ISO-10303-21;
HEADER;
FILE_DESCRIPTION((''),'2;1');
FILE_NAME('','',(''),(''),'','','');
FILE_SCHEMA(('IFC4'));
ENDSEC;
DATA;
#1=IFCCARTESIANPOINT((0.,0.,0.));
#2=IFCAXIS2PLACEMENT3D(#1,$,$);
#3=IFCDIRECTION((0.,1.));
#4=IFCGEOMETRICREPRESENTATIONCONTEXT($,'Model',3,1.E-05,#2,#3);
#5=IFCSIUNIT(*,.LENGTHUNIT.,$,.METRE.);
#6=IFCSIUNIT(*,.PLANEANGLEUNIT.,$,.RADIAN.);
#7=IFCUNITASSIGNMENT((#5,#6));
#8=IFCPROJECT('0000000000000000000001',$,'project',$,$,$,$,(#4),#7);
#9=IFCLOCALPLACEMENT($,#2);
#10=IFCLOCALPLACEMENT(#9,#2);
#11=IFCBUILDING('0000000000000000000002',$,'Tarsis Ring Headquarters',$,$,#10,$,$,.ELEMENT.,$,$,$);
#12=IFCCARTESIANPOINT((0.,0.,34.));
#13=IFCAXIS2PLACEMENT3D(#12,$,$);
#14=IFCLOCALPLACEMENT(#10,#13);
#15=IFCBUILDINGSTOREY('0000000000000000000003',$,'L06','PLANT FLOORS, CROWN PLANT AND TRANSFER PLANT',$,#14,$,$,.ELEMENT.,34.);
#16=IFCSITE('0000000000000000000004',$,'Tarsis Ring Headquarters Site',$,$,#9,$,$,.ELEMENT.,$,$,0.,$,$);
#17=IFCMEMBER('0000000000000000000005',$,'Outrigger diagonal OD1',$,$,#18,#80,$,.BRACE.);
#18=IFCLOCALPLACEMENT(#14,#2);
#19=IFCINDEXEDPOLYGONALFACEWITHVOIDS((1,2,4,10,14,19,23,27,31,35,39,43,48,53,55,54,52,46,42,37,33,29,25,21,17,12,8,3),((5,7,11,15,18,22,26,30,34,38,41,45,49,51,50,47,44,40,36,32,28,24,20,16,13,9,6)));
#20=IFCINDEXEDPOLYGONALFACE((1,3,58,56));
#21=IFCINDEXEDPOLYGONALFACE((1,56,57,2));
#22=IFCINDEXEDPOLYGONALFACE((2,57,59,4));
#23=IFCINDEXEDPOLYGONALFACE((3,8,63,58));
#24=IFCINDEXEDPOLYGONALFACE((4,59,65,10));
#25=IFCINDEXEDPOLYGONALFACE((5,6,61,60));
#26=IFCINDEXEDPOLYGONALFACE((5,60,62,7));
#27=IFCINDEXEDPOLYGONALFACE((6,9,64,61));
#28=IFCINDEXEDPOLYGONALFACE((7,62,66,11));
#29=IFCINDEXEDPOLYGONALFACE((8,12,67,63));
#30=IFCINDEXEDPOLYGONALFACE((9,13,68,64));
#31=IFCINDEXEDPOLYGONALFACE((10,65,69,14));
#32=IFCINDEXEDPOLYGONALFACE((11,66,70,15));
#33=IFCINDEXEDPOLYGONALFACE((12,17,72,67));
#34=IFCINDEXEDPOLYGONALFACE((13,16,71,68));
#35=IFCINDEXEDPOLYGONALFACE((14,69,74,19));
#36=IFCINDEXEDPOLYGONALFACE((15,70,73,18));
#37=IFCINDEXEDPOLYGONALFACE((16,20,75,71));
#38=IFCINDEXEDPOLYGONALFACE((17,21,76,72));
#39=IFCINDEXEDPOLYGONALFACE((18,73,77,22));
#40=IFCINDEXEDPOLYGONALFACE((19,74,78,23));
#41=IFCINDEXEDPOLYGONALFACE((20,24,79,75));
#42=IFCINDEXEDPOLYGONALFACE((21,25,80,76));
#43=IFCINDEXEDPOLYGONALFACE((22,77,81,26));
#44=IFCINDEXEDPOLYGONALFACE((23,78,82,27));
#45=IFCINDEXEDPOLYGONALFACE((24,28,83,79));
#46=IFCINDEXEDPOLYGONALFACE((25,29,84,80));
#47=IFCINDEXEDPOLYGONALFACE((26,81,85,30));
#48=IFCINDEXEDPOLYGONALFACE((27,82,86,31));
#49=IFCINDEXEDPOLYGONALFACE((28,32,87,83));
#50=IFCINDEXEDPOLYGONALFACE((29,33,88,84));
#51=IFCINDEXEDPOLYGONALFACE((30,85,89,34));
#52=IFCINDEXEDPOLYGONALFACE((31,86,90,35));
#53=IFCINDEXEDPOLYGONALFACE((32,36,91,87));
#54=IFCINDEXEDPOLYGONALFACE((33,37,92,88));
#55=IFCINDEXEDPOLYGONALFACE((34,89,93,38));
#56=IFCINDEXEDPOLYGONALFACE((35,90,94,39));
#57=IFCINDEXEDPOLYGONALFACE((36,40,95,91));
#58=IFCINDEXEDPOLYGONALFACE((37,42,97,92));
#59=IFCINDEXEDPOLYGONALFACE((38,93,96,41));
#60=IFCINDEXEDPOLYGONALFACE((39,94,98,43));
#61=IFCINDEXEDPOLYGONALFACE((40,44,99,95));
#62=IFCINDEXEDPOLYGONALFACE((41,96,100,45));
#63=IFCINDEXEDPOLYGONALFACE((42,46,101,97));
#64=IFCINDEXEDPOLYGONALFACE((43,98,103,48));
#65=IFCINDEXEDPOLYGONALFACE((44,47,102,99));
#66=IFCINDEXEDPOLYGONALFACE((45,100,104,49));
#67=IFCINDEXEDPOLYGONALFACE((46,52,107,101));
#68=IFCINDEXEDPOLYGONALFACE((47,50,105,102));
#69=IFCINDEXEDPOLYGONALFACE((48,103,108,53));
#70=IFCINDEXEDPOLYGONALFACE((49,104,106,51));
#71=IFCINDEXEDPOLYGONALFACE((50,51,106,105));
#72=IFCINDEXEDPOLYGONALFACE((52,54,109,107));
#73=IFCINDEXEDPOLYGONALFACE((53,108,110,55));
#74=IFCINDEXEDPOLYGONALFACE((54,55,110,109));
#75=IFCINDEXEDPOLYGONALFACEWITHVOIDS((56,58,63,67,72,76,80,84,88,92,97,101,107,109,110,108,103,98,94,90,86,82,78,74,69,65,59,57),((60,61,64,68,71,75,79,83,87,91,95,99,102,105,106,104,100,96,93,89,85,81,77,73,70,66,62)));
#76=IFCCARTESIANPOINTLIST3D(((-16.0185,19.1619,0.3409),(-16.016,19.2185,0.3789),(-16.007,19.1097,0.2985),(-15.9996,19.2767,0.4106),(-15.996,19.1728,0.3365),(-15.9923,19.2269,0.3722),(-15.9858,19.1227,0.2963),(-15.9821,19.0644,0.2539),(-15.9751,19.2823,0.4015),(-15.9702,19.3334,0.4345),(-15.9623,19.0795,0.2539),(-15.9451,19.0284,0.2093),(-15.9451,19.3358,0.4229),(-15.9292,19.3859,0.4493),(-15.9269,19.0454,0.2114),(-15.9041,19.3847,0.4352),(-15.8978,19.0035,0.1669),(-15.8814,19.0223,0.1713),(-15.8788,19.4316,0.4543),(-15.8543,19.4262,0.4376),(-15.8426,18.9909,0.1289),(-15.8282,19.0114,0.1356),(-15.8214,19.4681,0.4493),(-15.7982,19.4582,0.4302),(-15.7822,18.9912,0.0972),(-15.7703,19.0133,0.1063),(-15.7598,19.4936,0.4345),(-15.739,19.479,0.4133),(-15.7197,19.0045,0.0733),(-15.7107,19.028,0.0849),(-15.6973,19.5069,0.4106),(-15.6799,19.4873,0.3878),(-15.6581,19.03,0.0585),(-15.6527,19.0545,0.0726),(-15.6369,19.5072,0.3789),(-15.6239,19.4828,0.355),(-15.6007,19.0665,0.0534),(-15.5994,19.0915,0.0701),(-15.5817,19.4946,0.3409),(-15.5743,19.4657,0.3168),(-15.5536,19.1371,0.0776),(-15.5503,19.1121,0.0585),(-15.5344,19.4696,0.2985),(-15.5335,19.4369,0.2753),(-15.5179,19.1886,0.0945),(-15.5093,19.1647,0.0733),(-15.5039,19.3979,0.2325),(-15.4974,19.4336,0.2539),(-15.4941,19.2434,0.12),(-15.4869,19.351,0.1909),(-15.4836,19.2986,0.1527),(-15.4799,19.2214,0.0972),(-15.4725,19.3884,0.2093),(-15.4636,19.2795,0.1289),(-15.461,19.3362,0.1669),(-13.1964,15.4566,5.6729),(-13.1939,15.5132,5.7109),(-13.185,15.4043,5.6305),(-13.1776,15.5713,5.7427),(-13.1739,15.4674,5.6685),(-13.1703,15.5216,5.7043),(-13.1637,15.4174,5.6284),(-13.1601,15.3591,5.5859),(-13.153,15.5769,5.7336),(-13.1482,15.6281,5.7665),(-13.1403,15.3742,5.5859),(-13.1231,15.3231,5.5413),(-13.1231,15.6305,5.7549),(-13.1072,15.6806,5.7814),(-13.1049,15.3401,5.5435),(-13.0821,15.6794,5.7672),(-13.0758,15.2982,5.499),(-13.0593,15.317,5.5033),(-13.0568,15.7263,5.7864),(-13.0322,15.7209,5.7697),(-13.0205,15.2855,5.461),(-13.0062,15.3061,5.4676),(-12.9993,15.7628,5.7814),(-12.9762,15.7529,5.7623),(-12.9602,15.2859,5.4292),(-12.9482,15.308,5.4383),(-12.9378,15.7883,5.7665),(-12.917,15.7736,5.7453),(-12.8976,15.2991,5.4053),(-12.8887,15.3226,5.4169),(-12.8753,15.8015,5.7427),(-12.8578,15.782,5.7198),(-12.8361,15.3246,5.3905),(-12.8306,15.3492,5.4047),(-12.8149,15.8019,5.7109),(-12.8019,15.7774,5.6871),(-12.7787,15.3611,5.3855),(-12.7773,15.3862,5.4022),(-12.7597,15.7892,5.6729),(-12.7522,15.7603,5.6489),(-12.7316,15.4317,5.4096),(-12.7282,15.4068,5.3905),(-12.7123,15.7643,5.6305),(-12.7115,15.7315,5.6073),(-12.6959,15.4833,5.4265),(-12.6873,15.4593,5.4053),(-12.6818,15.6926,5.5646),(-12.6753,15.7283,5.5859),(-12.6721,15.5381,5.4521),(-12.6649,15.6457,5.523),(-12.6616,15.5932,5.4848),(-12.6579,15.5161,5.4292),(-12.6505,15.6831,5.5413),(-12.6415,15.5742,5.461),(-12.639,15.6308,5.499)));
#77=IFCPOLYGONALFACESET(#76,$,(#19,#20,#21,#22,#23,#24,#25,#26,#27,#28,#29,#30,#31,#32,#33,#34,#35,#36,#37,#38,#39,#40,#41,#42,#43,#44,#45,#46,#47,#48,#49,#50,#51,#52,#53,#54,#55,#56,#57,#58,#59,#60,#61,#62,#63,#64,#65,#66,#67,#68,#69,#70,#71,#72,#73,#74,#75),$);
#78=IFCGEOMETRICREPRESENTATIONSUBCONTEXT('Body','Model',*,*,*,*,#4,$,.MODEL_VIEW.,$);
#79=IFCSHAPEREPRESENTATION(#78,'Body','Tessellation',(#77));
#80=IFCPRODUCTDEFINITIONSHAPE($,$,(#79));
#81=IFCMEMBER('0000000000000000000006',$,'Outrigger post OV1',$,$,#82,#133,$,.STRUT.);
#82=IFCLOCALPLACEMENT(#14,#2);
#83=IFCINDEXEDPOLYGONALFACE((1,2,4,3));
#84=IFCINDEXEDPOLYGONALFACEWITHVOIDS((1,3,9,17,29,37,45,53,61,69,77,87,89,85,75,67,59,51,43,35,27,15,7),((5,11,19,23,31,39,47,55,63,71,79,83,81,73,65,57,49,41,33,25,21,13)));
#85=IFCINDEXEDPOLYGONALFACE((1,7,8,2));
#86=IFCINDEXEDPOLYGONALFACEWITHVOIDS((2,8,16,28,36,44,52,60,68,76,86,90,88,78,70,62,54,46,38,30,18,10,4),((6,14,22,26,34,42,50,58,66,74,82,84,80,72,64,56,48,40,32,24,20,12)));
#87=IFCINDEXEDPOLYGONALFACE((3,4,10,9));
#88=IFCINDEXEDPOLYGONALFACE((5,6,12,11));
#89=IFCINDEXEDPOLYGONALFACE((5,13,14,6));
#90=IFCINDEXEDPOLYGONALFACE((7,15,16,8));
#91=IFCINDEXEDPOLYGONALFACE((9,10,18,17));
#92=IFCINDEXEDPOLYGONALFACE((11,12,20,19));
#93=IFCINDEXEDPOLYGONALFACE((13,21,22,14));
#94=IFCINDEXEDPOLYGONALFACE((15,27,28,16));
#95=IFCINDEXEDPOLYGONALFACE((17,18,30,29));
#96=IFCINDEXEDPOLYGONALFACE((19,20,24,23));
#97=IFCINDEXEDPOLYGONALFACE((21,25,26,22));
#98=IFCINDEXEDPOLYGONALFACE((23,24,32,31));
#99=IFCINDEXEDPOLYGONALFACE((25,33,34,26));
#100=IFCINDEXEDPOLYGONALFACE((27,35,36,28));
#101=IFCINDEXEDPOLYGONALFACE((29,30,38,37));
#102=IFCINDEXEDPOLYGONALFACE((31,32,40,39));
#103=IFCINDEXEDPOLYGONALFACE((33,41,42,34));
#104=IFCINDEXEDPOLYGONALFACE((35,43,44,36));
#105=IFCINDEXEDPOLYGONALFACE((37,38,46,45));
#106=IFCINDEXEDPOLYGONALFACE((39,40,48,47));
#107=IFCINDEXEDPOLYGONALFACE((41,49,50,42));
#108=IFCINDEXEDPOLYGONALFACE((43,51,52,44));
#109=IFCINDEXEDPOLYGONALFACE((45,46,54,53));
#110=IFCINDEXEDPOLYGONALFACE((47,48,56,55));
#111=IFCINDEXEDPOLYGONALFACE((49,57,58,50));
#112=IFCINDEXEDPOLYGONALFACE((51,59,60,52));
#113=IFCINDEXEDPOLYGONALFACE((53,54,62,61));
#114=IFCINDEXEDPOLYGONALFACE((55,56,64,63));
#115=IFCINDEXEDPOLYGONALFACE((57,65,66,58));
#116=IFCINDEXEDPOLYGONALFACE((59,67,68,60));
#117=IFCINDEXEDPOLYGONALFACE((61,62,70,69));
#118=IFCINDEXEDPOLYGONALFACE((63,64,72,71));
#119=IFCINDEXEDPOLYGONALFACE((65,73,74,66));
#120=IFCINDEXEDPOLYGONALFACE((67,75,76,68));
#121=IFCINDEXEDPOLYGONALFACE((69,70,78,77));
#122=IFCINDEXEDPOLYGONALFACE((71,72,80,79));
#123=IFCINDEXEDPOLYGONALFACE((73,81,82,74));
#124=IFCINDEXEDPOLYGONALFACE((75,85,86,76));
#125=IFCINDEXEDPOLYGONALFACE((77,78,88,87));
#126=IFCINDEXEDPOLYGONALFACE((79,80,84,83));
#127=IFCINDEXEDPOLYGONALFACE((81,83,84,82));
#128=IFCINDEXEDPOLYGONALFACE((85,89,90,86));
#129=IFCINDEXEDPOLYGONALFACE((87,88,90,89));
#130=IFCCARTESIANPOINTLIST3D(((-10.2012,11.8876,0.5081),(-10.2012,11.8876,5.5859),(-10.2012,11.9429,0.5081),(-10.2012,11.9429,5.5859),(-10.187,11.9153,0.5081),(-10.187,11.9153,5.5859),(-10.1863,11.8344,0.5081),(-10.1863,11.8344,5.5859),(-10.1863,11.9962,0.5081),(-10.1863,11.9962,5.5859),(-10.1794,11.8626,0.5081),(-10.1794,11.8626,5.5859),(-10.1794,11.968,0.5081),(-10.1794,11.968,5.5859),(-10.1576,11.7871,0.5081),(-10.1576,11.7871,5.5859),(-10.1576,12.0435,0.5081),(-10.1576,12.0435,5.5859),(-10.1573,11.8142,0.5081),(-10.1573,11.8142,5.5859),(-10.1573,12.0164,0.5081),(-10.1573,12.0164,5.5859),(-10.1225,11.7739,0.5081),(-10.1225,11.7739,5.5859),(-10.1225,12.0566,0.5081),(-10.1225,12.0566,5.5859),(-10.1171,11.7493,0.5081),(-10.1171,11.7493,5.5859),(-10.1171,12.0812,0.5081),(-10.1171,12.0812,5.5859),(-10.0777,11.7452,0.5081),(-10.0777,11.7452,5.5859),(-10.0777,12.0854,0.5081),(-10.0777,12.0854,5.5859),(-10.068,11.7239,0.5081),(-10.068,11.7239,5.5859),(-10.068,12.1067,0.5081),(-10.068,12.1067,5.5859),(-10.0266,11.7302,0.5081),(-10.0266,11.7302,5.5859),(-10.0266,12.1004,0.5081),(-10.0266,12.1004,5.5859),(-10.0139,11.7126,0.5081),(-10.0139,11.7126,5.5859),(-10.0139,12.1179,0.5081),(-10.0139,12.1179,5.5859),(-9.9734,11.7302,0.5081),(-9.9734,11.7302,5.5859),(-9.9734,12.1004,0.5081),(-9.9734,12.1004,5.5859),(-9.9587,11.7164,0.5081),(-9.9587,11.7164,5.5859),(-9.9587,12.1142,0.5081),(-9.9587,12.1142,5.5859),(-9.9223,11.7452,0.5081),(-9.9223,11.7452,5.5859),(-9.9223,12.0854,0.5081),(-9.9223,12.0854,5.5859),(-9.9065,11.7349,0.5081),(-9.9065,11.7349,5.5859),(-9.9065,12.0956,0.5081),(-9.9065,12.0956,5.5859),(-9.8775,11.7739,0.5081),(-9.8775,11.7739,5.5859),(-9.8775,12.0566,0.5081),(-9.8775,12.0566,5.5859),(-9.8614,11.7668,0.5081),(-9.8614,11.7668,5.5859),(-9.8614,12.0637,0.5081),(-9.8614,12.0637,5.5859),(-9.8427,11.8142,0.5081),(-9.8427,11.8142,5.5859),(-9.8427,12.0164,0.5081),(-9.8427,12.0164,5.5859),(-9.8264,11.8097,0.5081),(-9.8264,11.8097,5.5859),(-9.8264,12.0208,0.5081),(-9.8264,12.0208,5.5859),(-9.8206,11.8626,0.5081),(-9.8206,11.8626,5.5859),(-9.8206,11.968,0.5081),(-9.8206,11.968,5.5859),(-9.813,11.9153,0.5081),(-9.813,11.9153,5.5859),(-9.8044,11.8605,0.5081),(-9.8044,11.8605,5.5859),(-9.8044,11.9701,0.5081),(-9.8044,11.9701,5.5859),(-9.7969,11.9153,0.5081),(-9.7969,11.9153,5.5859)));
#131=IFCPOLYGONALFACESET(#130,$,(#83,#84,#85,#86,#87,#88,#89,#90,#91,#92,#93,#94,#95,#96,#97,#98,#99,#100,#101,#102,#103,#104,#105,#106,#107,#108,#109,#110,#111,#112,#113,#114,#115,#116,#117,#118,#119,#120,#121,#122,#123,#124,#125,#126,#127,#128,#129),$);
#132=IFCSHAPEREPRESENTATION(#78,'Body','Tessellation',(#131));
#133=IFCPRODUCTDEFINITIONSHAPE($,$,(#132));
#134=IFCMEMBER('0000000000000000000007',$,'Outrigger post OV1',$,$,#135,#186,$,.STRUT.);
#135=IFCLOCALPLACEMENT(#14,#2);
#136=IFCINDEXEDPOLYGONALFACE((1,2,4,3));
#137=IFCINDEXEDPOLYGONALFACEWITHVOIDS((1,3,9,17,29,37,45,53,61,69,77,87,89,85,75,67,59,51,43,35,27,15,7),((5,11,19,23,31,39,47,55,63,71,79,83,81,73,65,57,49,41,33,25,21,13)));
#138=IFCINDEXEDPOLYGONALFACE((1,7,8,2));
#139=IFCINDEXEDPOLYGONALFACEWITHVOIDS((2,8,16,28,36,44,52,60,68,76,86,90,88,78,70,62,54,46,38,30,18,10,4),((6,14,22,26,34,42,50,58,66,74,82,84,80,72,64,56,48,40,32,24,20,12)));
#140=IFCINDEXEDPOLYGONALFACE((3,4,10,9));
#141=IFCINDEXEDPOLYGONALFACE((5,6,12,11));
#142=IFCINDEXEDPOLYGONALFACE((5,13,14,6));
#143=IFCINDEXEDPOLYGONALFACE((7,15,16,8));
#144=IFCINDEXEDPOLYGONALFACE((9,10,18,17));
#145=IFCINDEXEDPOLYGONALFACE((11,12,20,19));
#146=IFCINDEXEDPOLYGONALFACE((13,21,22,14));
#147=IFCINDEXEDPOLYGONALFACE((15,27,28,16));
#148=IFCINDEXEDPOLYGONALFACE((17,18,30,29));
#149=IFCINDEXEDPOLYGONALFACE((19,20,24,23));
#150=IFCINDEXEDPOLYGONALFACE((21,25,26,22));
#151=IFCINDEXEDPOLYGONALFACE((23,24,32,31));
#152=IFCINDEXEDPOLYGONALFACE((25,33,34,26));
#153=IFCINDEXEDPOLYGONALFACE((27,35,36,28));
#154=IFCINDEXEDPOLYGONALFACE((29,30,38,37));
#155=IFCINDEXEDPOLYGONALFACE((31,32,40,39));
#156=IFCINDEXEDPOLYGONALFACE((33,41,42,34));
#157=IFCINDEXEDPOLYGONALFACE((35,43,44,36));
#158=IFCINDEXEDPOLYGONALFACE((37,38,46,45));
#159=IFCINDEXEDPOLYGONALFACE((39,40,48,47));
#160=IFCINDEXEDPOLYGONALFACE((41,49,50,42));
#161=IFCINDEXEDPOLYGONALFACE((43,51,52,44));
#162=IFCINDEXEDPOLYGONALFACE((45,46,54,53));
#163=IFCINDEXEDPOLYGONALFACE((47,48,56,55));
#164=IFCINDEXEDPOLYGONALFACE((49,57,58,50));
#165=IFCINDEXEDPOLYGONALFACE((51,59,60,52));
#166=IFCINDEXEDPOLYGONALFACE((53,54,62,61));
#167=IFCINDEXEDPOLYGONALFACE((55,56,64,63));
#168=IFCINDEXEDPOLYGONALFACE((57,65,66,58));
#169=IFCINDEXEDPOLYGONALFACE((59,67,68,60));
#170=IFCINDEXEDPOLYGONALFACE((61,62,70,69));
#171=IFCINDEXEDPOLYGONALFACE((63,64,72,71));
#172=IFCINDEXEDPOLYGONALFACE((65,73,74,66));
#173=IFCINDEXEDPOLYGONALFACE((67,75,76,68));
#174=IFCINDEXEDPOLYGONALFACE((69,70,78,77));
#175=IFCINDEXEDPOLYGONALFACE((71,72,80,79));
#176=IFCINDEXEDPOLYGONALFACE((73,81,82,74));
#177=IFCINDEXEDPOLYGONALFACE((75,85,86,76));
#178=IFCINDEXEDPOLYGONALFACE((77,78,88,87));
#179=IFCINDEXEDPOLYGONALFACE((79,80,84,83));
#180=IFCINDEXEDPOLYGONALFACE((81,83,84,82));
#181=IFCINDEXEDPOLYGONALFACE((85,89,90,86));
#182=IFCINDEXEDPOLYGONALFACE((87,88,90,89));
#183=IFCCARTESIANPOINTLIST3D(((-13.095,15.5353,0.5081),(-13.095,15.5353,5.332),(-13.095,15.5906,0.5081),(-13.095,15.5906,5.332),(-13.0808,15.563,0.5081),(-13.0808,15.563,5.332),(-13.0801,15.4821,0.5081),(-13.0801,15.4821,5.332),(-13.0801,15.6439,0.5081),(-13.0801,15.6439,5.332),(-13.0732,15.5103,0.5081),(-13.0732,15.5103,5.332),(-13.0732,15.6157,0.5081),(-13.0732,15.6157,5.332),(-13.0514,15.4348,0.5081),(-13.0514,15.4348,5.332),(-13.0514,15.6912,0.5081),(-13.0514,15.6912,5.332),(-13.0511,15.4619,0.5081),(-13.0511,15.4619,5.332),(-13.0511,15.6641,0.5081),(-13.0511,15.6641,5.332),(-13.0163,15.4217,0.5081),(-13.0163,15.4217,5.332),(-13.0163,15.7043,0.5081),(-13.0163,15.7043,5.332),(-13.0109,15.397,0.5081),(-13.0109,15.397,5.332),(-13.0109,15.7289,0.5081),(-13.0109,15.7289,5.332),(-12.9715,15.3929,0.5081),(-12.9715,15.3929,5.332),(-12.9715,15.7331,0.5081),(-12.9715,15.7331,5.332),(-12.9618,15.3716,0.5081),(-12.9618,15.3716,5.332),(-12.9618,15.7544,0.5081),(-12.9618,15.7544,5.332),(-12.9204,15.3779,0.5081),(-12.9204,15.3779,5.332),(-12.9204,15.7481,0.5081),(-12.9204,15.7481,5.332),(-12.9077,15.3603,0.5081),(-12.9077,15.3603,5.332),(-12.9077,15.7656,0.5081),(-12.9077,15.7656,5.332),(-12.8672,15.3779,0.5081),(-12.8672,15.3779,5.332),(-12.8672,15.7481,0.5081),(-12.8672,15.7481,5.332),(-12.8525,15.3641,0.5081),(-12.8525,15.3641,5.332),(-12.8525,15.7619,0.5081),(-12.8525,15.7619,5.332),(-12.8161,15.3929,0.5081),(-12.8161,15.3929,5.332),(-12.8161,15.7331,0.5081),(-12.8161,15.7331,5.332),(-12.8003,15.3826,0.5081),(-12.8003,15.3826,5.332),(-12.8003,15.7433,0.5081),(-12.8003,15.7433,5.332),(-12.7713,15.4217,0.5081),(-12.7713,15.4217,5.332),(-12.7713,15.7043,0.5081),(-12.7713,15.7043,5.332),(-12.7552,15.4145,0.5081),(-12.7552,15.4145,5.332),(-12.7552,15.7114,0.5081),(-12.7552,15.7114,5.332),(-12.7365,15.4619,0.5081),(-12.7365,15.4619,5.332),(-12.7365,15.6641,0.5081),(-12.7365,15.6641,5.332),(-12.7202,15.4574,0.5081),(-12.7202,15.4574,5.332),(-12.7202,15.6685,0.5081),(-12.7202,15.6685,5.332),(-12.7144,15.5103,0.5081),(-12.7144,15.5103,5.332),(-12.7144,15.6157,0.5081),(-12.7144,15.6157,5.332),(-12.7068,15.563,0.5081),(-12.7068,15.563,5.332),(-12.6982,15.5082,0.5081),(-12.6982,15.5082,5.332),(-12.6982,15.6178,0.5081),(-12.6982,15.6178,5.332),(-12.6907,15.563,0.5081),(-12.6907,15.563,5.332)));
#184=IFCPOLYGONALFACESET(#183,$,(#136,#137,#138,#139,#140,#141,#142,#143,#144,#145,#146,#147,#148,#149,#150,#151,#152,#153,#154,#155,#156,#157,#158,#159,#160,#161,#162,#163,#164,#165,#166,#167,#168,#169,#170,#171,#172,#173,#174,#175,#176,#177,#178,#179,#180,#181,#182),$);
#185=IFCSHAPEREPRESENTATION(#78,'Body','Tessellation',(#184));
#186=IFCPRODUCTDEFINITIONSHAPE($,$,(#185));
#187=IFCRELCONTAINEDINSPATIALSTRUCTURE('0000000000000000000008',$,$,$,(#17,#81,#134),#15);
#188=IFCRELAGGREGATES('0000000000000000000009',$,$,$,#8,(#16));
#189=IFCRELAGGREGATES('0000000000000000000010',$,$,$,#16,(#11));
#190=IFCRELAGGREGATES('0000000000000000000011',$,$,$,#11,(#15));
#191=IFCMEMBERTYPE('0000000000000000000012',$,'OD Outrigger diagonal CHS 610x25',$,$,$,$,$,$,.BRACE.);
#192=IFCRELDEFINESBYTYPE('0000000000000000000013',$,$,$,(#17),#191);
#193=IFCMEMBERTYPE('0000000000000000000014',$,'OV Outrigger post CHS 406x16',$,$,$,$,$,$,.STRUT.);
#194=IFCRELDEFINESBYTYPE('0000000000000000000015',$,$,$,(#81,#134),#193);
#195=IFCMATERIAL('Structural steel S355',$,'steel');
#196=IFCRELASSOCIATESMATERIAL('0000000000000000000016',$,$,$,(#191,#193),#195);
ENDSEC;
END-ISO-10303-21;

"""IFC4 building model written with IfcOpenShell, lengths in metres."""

from ifc_helpers import new_model, si_unit, direction, frame, origin, origin_2d, place, context, subcontext, project, spatial, hollow_circle, extrude, material, material_profile, profile_set, type_object, element, save


model = new_model("IFC4")

# Units and contexts
model_context = context("Model", 3, precision=1e-05, world=origin(), true_north=direction((0.0, 1.0)))
body_context = subcontext(model_context, "Body", "Model", "MODEL_VIEW")
ifc_project = project(units=[si_unit("LENGTHUNIT", "METRE"), si_unit("PLANEANGLEUNIT", "RADIAN")], contexts=[model_context])

# Site, building, storey
site_placement = place(None, origin())
site = spatial("IfcSite", under=ifc_project, at=site_placement, Name="Tarsis Ring Headquarters Site", CompositionType="ELEMENT", RefElevation=0.0)
building_placement = place(site_placement, origin())
building = spatial("IfcBuilding", under=site, at=building_placement, Name="Tarsis Ring Headquarters", CompositionType="ELEMENT")
storey_placement = place(building_placement, frame((0.0, 0.0, 34.0)))
storey = spatial("IfcBuildingStorey", under=building, at=storey_placement, Name="L06", Description="PLANT FLOORS, CROWN PLANT AND TRANSFER PLANT", CompositionType="ELEMENT", Elevation=34.0)

# Shared definitions
ifc_material_1 = material(Name="Structural steel S355", Category="steel")

# Members
ifc_material_profile_1 = material_profile(ifc_material_1, hollow_circle(Radius=0.3047, WallThickness=0.0249, at=origin_2d()), Name="CHS 610x25")
ifc_profile_set_1 = profile_set([ifc_material_profile_1], Name="Structural steel S355")
member_type_1 = type_object("IfcMemberType", Name="OD Outrigger diagonal CHS 610x25", PredefinedType="BRACE", material=ifc_profile_set_1)
member_1_placement = place(storey_placement, frame((-12.9177, 15.5437, 5.5859), z_axis=(-0.398601, 0.523364, -0.753131), x_axis=(-0.795544, -0.605896, 0.0)))
element("IfcMember", 1, at=member_1_placement, inside=storey, type_object=member_type_1, Name="Outrigger diagonal OD1", PredefinedType="BRACE", context=body_context, shape_type="SweptSolid", body=[
    extrude(hollow_circle(Radius=0.3047, WallThickness=0.0249, at=origin_2d()), origin(), (0.0, 0.0, 1.0), 7.0798),
])
ifc_material_profile_2 = material_profile(ifc_material_1, hollow_circle(Radius=0.2031, WallThickness=0.0161, at=origin_2d()), Name="CHS 406x16")
ifc_profile_set_2 = profile_set([ifc_material_profile_2], Name="Structural steel S355")
member_type_2 = type_object("IfcMemberType", Name="OV Outrigger post CHS 406x16", PredefinedType="STRUT", material=ifc_profile_set_2)
member_2_placement = place(storey_placement, frame((-10.0, 11.9153, 0.5081), z_axis=(0.0, 0.0, 1.0), x_axis=(1.0, 0.0, 0.0)))
element("IfcMember", 2, at=member_2_placement, inside=storey, type_object=member_type_2, Name="Outrigger post OV1", PredefinedType="STRUT", context=body_context, shape_type="SweptSolid", body=[
    extrude(hollow_circle(Radius=0.2031, WallThickness=0.0161, at=origin_2d()), origin(), (0.0, 0.0, 1.0), 5.0779),
])
member_3_placement = place(storey_placement, frame((-12.8938, 15.563, 0.5081), z_axis=(0.0, 0.0, 1.0), x_axis=(1.0, 0.0, 0.0)))
element("IfcMember", 3, at=member_3_placement, inside=storey, type_object=member_type_2, Name="Outrigger post OV1", PredefinedType="STRUT", context=body_context, shape_type="SweptSolid", body=[
    extrude(hollow_circle(Radius=0.2031, WallThickness=0.0161, at=origin_2d()), origin(), (0.0, 0.0, 1.0), 4.824),
])

save(model, "model.ifc")
